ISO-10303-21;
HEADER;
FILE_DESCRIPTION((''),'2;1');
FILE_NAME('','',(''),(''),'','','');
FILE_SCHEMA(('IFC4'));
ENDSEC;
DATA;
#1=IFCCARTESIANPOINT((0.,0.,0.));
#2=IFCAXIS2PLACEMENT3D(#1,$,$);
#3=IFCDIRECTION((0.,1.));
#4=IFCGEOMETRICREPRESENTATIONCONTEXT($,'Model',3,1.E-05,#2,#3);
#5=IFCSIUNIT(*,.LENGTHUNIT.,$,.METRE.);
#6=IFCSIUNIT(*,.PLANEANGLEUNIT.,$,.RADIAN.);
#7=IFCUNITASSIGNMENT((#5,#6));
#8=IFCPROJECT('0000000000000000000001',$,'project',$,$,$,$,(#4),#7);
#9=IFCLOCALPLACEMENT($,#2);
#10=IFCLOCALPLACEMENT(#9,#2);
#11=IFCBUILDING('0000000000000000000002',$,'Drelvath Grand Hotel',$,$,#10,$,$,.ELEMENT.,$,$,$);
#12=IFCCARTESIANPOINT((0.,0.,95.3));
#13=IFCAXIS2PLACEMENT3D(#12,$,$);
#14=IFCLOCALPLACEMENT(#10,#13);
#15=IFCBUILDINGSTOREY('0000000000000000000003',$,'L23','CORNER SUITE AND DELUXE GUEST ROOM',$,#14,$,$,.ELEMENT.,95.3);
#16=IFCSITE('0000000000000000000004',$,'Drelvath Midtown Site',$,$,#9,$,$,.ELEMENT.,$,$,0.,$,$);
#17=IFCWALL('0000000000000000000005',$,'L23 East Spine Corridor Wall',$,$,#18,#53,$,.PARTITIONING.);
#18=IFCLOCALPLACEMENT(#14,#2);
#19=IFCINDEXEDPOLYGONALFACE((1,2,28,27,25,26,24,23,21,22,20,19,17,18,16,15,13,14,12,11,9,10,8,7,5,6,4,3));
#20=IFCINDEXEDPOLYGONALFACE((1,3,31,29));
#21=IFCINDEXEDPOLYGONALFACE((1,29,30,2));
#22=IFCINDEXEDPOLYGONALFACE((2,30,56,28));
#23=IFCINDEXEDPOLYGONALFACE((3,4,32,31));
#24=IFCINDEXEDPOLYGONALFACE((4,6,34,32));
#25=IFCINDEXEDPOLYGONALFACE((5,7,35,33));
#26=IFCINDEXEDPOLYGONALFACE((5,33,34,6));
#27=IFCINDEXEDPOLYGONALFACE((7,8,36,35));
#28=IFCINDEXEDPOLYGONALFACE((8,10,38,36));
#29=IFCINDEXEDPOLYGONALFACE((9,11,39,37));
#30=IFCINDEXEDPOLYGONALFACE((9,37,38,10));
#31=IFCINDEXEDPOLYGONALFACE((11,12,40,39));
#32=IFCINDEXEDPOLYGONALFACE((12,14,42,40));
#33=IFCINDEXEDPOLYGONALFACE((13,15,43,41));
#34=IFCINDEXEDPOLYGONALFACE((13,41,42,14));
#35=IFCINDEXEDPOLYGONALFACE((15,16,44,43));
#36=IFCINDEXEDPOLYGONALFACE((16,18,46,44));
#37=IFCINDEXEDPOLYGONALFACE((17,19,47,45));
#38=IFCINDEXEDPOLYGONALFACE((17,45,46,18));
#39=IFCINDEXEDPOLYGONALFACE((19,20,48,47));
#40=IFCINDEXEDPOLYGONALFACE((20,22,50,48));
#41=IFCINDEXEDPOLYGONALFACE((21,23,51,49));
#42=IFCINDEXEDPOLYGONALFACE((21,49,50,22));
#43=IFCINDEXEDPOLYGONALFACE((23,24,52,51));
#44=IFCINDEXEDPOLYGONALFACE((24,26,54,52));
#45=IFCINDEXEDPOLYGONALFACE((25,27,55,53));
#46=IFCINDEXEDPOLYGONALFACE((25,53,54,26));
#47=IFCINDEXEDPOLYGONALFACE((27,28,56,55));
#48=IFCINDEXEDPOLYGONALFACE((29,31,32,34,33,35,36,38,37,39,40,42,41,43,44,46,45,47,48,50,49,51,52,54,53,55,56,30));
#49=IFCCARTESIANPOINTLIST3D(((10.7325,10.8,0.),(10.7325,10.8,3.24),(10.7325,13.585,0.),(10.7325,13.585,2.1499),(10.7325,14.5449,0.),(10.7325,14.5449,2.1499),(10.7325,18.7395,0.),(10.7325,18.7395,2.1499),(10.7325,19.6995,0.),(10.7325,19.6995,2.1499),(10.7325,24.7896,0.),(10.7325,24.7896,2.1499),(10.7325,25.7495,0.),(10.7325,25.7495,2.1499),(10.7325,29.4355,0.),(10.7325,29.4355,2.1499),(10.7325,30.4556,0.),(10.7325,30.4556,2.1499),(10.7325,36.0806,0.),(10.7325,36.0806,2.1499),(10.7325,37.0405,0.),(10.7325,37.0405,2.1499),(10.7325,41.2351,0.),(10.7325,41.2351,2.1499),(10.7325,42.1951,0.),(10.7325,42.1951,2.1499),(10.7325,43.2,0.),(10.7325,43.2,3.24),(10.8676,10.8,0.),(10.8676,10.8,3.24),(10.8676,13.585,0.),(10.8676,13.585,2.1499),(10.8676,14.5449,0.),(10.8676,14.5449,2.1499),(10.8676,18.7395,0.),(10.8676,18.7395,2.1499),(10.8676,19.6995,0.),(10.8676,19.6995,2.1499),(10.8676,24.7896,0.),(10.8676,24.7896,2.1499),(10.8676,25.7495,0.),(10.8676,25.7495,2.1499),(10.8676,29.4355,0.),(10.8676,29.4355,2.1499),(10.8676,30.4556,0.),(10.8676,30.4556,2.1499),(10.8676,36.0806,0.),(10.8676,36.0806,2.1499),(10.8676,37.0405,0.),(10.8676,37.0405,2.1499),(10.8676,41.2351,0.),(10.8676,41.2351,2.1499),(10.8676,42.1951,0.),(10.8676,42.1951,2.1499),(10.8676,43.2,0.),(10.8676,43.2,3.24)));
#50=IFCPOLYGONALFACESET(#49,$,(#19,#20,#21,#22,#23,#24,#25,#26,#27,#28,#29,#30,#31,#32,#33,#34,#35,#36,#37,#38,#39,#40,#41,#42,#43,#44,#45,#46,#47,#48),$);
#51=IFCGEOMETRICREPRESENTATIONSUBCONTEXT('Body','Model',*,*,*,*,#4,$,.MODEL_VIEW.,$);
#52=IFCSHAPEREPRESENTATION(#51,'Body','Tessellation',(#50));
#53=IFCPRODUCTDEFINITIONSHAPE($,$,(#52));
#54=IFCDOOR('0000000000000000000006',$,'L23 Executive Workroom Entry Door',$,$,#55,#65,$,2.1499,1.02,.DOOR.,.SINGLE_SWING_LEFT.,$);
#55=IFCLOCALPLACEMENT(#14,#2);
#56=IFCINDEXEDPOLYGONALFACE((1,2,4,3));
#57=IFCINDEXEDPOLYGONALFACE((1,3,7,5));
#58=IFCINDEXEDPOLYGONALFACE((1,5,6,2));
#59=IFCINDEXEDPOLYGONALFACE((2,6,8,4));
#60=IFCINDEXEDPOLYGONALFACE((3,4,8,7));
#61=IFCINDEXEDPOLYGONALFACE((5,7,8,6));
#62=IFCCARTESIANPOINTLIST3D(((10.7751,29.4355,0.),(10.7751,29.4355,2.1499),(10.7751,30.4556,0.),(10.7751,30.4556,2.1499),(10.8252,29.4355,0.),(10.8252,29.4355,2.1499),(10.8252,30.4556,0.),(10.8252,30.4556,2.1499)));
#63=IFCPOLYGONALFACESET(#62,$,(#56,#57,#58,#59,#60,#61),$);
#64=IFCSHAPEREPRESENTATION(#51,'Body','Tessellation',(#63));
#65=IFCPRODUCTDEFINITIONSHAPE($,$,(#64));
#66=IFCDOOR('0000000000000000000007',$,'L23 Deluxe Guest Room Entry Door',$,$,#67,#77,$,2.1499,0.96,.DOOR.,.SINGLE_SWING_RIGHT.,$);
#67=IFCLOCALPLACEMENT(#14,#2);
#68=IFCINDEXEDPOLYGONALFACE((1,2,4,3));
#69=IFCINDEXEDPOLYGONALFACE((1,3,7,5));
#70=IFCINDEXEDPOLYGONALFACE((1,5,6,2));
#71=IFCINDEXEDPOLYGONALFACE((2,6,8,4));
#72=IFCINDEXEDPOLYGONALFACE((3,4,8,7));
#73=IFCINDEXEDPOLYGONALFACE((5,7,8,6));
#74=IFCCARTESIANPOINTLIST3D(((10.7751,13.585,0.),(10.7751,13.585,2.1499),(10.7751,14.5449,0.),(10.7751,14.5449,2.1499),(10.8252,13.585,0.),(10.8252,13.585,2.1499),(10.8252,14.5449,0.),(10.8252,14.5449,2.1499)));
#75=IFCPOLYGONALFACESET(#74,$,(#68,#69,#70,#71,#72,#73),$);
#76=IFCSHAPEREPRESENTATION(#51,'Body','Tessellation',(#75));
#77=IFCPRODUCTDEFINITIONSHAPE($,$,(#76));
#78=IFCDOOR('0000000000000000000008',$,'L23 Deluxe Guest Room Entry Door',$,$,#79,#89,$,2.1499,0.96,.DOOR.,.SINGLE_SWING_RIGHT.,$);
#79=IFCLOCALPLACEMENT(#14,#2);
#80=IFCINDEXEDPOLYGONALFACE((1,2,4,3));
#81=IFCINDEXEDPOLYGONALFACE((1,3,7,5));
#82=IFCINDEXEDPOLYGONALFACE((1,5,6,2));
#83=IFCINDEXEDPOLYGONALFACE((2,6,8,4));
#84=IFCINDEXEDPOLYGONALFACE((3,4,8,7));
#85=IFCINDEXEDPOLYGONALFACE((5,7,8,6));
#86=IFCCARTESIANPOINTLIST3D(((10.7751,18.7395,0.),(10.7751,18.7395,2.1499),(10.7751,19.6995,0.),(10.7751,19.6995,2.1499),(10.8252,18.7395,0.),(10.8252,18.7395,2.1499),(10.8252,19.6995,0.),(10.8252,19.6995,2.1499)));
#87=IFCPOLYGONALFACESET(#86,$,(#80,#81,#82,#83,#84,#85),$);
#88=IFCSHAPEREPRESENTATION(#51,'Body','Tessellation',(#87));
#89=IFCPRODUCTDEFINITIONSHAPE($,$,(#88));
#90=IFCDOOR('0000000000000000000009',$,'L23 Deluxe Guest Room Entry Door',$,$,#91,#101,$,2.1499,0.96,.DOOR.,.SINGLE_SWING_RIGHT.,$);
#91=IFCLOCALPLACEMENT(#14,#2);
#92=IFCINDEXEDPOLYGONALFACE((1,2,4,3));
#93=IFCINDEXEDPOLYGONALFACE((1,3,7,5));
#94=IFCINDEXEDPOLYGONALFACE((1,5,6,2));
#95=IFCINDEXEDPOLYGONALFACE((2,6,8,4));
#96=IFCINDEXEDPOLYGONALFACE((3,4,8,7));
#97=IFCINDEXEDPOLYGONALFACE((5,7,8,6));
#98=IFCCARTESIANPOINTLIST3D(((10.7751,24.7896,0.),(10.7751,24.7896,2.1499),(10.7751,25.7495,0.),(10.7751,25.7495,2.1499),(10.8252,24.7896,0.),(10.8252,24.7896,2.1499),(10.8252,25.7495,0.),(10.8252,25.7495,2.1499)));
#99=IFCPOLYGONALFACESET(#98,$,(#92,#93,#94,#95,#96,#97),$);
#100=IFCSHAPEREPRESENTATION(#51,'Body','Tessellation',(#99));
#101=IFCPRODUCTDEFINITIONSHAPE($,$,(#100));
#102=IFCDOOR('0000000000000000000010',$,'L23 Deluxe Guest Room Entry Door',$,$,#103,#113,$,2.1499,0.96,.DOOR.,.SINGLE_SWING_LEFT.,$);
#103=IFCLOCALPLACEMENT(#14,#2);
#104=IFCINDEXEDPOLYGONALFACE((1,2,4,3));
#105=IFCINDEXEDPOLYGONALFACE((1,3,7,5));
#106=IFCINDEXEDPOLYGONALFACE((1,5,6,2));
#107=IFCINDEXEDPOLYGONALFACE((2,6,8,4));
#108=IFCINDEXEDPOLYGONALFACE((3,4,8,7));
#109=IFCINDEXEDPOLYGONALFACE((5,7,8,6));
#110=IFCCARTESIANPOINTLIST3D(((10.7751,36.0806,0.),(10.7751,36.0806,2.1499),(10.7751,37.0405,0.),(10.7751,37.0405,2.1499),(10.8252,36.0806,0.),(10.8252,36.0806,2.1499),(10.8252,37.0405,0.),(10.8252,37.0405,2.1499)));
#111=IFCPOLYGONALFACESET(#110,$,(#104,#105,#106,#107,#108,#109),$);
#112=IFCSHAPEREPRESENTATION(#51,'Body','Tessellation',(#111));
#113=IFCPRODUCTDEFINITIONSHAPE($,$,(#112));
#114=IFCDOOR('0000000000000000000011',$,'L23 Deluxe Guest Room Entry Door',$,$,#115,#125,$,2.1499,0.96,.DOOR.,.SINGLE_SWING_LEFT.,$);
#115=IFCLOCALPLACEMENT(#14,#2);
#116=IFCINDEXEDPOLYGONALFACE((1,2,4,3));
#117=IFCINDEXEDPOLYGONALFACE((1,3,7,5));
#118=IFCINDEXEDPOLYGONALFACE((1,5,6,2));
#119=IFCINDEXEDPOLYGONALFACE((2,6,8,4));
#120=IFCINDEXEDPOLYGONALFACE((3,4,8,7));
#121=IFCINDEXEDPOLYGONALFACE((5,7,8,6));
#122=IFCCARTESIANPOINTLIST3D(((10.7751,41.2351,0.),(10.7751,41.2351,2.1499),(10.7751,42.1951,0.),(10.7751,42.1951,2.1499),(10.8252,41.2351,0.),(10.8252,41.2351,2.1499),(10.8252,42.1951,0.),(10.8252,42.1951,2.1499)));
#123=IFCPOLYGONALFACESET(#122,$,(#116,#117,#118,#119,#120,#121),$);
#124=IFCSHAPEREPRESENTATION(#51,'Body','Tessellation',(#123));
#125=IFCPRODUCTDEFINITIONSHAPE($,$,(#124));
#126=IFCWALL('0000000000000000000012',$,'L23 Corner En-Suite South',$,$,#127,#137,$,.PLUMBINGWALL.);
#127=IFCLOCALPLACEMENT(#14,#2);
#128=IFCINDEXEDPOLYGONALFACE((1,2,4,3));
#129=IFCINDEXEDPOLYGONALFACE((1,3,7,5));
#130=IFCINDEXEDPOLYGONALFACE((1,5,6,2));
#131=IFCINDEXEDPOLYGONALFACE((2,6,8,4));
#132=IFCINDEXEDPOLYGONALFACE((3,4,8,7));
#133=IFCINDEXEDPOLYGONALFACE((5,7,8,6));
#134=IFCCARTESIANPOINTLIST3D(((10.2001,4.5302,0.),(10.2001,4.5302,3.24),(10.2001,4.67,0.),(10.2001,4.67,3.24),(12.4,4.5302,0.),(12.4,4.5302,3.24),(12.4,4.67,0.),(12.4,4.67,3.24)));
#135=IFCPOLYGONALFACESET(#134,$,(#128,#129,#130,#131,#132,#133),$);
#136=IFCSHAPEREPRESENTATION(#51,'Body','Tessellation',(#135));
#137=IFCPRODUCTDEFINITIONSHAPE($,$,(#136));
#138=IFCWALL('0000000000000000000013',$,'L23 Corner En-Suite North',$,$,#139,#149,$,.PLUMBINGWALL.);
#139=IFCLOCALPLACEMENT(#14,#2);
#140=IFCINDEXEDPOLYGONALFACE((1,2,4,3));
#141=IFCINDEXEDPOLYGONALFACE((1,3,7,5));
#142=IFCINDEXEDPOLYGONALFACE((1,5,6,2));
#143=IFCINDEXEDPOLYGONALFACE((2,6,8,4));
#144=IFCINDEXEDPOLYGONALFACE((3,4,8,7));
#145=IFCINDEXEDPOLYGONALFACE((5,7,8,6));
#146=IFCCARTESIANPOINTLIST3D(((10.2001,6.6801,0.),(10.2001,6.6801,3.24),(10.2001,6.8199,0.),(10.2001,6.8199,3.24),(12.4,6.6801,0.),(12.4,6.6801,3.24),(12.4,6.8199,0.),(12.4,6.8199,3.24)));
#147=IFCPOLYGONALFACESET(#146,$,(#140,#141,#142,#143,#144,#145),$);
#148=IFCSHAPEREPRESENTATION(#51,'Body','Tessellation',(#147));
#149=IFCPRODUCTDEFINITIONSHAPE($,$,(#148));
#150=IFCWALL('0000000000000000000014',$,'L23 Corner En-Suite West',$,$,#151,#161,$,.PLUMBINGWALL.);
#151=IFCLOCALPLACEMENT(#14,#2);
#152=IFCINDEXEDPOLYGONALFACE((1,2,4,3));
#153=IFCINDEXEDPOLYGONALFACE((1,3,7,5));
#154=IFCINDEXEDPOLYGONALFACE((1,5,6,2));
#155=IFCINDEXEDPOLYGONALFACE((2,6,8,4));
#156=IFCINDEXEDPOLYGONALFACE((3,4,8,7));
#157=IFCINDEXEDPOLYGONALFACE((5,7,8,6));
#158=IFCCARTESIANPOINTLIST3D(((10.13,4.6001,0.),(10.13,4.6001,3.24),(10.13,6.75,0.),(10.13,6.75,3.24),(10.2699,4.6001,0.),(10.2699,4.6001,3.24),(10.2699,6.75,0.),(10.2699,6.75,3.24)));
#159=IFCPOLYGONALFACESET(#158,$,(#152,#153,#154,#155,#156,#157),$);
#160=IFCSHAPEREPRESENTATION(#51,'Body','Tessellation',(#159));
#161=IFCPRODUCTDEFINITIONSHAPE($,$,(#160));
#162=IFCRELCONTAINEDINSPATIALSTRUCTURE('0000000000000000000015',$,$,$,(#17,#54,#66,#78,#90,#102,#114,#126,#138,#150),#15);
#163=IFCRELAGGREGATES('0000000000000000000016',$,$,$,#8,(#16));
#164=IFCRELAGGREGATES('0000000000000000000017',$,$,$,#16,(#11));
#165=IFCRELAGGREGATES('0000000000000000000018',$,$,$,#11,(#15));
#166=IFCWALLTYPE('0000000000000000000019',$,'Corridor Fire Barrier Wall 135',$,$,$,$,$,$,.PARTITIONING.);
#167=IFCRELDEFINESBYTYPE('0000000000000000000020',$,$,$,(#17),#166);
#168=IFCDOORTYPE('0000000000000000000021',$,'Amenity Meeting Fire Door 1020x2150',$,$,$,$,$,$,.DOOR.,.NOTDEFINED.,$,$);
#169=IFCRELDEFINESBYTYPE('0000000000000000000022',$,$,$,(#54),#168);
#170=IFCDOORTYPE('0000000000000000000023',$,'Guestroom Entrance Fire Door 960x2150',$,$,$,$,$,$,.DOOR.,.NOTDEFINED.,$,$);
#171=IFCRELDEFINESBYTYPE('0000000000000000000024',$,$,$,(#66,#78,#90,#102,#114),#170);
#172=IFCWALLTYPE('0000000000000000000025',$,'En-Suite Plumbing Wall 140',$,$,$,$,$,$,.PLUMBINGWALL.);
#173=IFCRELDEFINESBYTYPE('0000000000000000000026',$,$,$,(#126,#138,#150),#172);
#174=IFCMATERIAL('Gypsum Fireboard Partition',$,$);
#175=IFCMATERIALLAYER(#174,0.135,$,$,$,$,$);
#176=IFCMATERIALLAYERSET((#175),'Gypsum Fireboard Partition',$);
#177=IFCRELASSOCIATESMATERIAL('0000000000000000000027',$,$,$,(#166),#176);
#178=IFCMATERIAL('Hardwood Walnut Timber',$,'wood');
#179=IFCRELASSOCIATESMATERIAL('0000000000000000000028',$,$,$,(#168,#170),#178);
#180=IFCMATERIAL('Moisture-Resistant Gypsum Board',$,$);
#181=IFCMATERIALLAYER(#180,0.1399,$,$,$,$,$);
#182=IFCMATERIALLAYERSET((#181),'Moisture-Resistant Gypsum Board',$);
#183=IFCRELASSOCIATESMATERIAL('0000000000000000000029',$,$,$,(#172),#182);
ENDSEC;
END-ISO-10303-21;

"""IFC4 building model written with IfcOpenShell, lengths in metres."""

from ifc_helpers import new_model, si_unit, direction, frame, frame_2d, origin, place, context, subcontext, project, spatial, rectangle, extrude, material, layer, layer_set, type_object, element, fill, save


model = new_model("IFC4")

# Units and contexts
model_context = context("Model", 3, precision=1e-05, world=origin(), true_north=direction((0.0, 1.0)))
body_context = subcontext(model_context, "Body", "Model", "MODEL_VIEW")
ifc_project = project(units=[si_unit("LENGTHUNIT", "METRE"), si_unit("PLANEANGLEUNIT", "RADIAN")], contexts=[model_context])

# Site, building, storey
site_placement = place(None, origin())
site = spatial("IfcSite", under=ifc_project, at=site_placement, Name="Drelvath Midtown Site", CompositionType="ELEMENT", RefElevation=0.0)
building_placement = place(site_placement, origin())
building = spatial("IfcBuilding", under=site, at=building_placement, Name="Drelvath Grand Hotel", CompositionType="ELEMENT")
storey_placement = place(building_placement, frame((0.0, 0.0, 95.3)))
storey = spatial("IfcBuildingStorey", under=building, at=storey_placement, Name="L23", Description="CORNER SUITE AND DELUXE GUEST ROOM", CompositionType="ELEMENT", Elevation=95.3)

# Shared definitions
ifc_material_1 = material(Name="Gypsum Fireboard Partition")
ifc_layer_1 = layer(ifc_material_1, 0.135)
ifc_layer_set_1 = layer_set([ifc_layer_1], Name="Gypsum Fireboard Partition")
wall_type_1 = type_object("IfcWallType", Name="Corridor Fire Barrier Wall 135", PredefinedType="PARTITIONING", material=ifc_layer_set_1)

# Wall, openings, doors
wall_1_placement = place(storey_placement, frame((10.8, 10.8, 0.0), z_axis=(0.0, 0.0, 1.0), x_axis=(0.0, 1.0, 0.0)))
wall_1 = element("IfcWall", 1, at=wall_1_placement, inside=storey, type_object=wall_type_1, Name="L23 East Spine Corridor Wall", PredefinedType="PARTITIONING", context=body_context, shape_type="SweptSolid", body=[
    extrude(rectangle(XDim=32.3999, YDim=0.135, at=frame_2d((16.2, 0.0))), origin(), (0.0, 0.0, 1.0), 3.24),
])
opening_1_placement = place(wall_1_placement, frame((2.7849, 0.0, 0.0)))
opening_1 = element("IfcOpeningElement", 2, at=opening_1_placement, cuts=wall_1, PredefinedType="OPENING", context=body_context, shape_type="SweptSolid", body=[
    extrude(rectangle(XDim=0.96, YDim=2.1499, at=frame_2d((0.48, 1.075))), frame((0.0, 0.0774, 0.0), z_axis=(0.0, -1.0, 0.0), x_axis=(1.0, 0.0, 0.0)), (0.0, 0.0, 1.0), 0.155),
])
opening_2_placement = place(wall_1_placement, frame((7.9395, 0.0, 0.0)))
opening_2 = element("IfcOpeningElement", 3, at=opening_2_placement, cuts=wall_1, PredefinedType="OPENING", context=body_context, shape_type="SweptSolid", body=[
    extrude(rectangle(XDim=0.96, YDim=2.1499, at=frame_2d((0.48, 1.075))), frame((0.0, 0.0774, 0.0), z_axis=(0.0, -1.0, 0.0), x_axis=(1.0, 0.0, 0.0)), (0.0, 0.0, 1.0), 0.155),
])
opening_3_placement = place(wall_1_placement, frame((13.9895, 0.0, 0.0)))
opening_3 = element("IfcOpeningElement", 4, at=opening_3_placement, cuts=wall_1, PredefinedType="OPENING", context=body_context, shape_type="SweptSolid", body=[
    extrude(rectangle(XDim=0.96, YDim=2.1499, at=frame_2d((0.48, 1.075))), frame((0.0, 0.0774, 0.0), z_axis=(0.0, -1.0, 0.0), x_axis=(1.0, 0.0, 0.0)), (0.0, 0.0, 1.0), 0.155),
])
opening_4_placement = place(wall_1_placement, frame((18.6355, 0.0, 0.0)))
opening_4 = element("IfcOpeningElement", 5, at=opening_4_placement, cuts=wall_1, PredefinedType="OPENING", context=body_context, shape_type="SweptSolid", body=[
    extrude(rectangle(XDim=1.02, YDim=2.1499, at=frame_2d((0.51, 1.075))), frame((0.0, 0.0774, 0.0), z_axis=(0.0, -1.0, 0.0), x_axis=(1.0, 0.0, 0.0)), (0.0, 0.0, 1.0), 0.155),
])
opening_5_placement = place(wall_1_placement, frame((25.2805, 0.0, 0.0)))
opening_5 = element("IfcOpeningElement", 6, at=opening_5_placement, cuts=wall_1, PredefinedType="OPENING", context=body_context, shape_type="SweptSolid", body=[
    extrude(rectangle(XDim=0.96, YDim=2.1499, at=frame_2d((0.48, 1.075))), frame((0.0, 0.0774, 0.0), z_axis=(0.0, -1.0, 0.0), x_axis=(1.0, 0.0, 0.0)), (0.0, 0.0, 1.0), 0.155),
])
opening_6_placement = place(wall_1_placement, frame((30.4351, 0.0, 0.0)))
opening_6 = element("IfcOpeningElement", 7, at=opening_6_placement, cuts=wall_1, PredefinedType="OPENING", context=body_context, shape_type="SweptSolid", body=[
    extrude(rectangle(XDim=0.96, YDim=2.1499, at=frame_2d((0.48, 1.075))), frame((0.0, 0.0774, 0.0), z_axis=(0.0, -1.0, 0.0), x_axis=(1.0, 0.0, 0.0)), (0.0, 0.0, 1.0), 0.155),
])
ifc_material_2 = material(Name="Hardwood Walnut Timber", Category="wood")
door_type_1 = type_object("IfcDoorType", Name="Amenity Meeting Fire Door 1020x2150", OperationType="NOTDEFINED", PredefinedType="DOOR", material=ifc_material_2)
door_1_placement = place(opening_4_placement, origin())
door_1 = element("IfcDoor", 8, at=door_1_placement, inside=storey, type_object=door_type_1, Name="L23 Executive Workroom Entry Door", OperationType="SINGLE_SWING_LEFT", OverallHeight=2.1499, OverallWidth=1.02, PredefinedType="DOOR", context=body_context, shape_type="SweptSolid", body=[
    extrude(rectangle(XDim=1.02, YDim=2.1499, at=frame_2d((0.51, 1.075))), frame((0.0, 0.0249, 0.0), z_axis=(0.0, -1.0, 0.0), x_axis=(1.0, 0.0, 0.0)), (0.0, 0.0, 1.0), 0.05),
])
fill(opening_4, door_1)
door_type_2 = type_object("IfcDoorType", Name="Guestroom Entrance Fire Door 960x2150", OperationType="NOTDEFINED", PredefinedType="DOOR", material=ifc_material_2)
door_2_placement = place(opening_1_placement, origin())
door_2 = element("IfcDoor", 9, at=door_2_placement, inside=storey, type_object=door_type_2, Name="L23 Deluxe Guest Room Entry Door", OperationType="SINGLE_SWING_RIGHT", OverallHeight=2.1499, OverallWidth=0.96, PredefinedType="DOOR", context=body_context, shape_type="SweptSolid", body=[
    extrude(rectangle(XDim=0.96, YDim=2.1499, at=frame_2d((0.48, 1.075))), frame((0.0, 0.0249, 0.0), z_axis=(0.0, -1.0, 0.0), x_axis=(1.0, 0.0, 0.0)), (0.0, 0.0, 1.0), 0.05),
])
fill(opening_1, door_2)
door_3_placement = place(opening_2_placement, origin())
door_3 = element("IfcDoor", 10, at=door_3_placement, inside=storey, type_object=door_type_2, Name="L23 Deluxe Guest Room Entry Door", OperationType="SINGLE_SWING_RIGHT", OverallHeight=2.1499, OverallWidth=0.96, PredefinedType="DOOR", context=body_context, shape_type="SweptSolid", body=[
    extrude(rectangle(XDim=0.96, YDim=2.1499, at=frame_2d((0.48, 1.075))), frame((0.0, 0.0249, 0.0), z_axis=(0.0, -1.0, 0.0), x_axis=(1.0, 0.0, 0.0)), (0.0, 0.0, 1.0), 0.05),
])
fill(opening_2, door_3)
door_4_placement = place(opening_3_placement, origin())
door_4 = element("IfcDoor", 11, at=door_4_placement, inside=storey, type_object=door_type_2, Name="L23 Deluxe Guest Room Entry Door", OperationType="SINGLE_SWING_RIGHT", OverallHeight=2.1499, OverallWidth=0.96, PredefinedType="DOOR", context=body_context, shape_type="SweptSolid", body=[
    extrude(rectangle(XDim=0.96, YDim=2.1499, at=frame_2d((0.48, 1.075))), frame((0.0, 0.0249, 0.0), z_axis=(0.0, -1.0, 0.0), x_axis=(1.0, 0.0, 0.0)), (0.0, 0.0, 1.0), 0.05),
])
fill(opening_3, door_4)
door_5_placement = place(opening_5_placement, origin())
door_5 = element("IfcDoor", 12, at=door_5_placement, inside=storey, type_object=door_type_2, Name="L23 Deluxe Guest Room Entry Door", OperationType="SINGLE_SWING_LEFT", OverallHeight=2.1499, OverallWidth=0.96, PredefinedType="DOOR", context=body_context, shape_type="SweptSolid", body=[
    extrude(rectangle(XDim=0.96, YDim=2.1499, at=frame_2d((0.48, 1.075))), frame((0.0, 0.0249, 0.0), z_axis=(0.0, -1.0, 0.0), x_axis=(1.0, 0.0, 0.0)), (0.0, 0.0, 1.0), 0.05),
])
fill(opening_5, door_5)
door_6_placement = place(opening_6_placement, origin())
door_6 = element("IfcDoor", 13, at=door_6_placement, inside=storey, type_object=door_type_2, Name="L23 Deluxe Guest Room Entry Door", OperationType="SINGLE_SWING_LEFT", OverallHeight=2.1499, OverallWidth=0.96, PredefinedType="DOOR", context=body_context, shape_type="SweptSolid", body=[
    extrude(rectangle(XDim=0.96, YDim=2.1499, at=frame_2d((0.48, 1.075))), frame((0.0, 0.0249, 0.0), z_axis=(0.0, -1.0, 0.0), x_axis=(1.0, 0.0, 0.0)), (0.0, 0.0, 1.0), 0.05),
])
fill(opening_6, door_6)

# Walls
ifc_material_3 = material(Name="Moisture-Resistant Gypsum Board")
ifc_layer_2 = layer(ifc_material_3, 0.1399)
ifc_layer_set_2 = layer_set([ifc_layer_2], Name="Moisture-Resistant Gypsum Board")
wall_type_2 = type_object("IfcWallType", Name="En-Suite Plumbing Wall 140", PredefinedType="PLUMBINGWALL", material=ifc_layer_set_2)
for number, where, z_axis, x_axis, name in (
    (14, (10.2, 4.6001, 0.0), (0.0, 0.0, 1.0), (1.0, 0.0, 0.0), "L23 Corner En-Suite South"),
    (15, (10.2, 6.75, 0.0), (0.0, 0.0, 1.0), (1.0, 0.0, 0.0), "L23 Corner En-Suite North"),
):
    element("IfcWall", number, at=place(storey_placement, frame(where, z_axis=z_axis, x_axis=x_axis)), inside=storey, type_object=wall_type_2, Name=name, PredefinedType="PLUMBINGWALL", context=body_context, shape_type="SweptSolid", body=[
        extrude(rectangle(XDim=2.2, YDim=0.1399, at=frame_2d((1.1001, 0.0))), origin(), (0.0, 0.0, 1.0), 3.24),
    ])
wall_2_placement = place(storey_placement, frame((10.2, 4.6001, 0.0), z_axis=(0.0, 0.0, 1.0), x_axis=(0.0, 1.0, 0.0)))
element("IfcWall", 16, at=wall_2_placement, inside=storey, type_object=wall_type_2, Name="L23 Corner En-Suite West", PredefinedType="PLUMBINGWALL", context=body_context, shape_type="SweptSolid", body=[
    extrude(rectangle(XDim=2.1499, YDim=0.1399, at=frame_2d((1.075, 0.0))), origin(), (0.0, 0.0, 1.0), 3.24),
])

save(model, "model.ifc")
